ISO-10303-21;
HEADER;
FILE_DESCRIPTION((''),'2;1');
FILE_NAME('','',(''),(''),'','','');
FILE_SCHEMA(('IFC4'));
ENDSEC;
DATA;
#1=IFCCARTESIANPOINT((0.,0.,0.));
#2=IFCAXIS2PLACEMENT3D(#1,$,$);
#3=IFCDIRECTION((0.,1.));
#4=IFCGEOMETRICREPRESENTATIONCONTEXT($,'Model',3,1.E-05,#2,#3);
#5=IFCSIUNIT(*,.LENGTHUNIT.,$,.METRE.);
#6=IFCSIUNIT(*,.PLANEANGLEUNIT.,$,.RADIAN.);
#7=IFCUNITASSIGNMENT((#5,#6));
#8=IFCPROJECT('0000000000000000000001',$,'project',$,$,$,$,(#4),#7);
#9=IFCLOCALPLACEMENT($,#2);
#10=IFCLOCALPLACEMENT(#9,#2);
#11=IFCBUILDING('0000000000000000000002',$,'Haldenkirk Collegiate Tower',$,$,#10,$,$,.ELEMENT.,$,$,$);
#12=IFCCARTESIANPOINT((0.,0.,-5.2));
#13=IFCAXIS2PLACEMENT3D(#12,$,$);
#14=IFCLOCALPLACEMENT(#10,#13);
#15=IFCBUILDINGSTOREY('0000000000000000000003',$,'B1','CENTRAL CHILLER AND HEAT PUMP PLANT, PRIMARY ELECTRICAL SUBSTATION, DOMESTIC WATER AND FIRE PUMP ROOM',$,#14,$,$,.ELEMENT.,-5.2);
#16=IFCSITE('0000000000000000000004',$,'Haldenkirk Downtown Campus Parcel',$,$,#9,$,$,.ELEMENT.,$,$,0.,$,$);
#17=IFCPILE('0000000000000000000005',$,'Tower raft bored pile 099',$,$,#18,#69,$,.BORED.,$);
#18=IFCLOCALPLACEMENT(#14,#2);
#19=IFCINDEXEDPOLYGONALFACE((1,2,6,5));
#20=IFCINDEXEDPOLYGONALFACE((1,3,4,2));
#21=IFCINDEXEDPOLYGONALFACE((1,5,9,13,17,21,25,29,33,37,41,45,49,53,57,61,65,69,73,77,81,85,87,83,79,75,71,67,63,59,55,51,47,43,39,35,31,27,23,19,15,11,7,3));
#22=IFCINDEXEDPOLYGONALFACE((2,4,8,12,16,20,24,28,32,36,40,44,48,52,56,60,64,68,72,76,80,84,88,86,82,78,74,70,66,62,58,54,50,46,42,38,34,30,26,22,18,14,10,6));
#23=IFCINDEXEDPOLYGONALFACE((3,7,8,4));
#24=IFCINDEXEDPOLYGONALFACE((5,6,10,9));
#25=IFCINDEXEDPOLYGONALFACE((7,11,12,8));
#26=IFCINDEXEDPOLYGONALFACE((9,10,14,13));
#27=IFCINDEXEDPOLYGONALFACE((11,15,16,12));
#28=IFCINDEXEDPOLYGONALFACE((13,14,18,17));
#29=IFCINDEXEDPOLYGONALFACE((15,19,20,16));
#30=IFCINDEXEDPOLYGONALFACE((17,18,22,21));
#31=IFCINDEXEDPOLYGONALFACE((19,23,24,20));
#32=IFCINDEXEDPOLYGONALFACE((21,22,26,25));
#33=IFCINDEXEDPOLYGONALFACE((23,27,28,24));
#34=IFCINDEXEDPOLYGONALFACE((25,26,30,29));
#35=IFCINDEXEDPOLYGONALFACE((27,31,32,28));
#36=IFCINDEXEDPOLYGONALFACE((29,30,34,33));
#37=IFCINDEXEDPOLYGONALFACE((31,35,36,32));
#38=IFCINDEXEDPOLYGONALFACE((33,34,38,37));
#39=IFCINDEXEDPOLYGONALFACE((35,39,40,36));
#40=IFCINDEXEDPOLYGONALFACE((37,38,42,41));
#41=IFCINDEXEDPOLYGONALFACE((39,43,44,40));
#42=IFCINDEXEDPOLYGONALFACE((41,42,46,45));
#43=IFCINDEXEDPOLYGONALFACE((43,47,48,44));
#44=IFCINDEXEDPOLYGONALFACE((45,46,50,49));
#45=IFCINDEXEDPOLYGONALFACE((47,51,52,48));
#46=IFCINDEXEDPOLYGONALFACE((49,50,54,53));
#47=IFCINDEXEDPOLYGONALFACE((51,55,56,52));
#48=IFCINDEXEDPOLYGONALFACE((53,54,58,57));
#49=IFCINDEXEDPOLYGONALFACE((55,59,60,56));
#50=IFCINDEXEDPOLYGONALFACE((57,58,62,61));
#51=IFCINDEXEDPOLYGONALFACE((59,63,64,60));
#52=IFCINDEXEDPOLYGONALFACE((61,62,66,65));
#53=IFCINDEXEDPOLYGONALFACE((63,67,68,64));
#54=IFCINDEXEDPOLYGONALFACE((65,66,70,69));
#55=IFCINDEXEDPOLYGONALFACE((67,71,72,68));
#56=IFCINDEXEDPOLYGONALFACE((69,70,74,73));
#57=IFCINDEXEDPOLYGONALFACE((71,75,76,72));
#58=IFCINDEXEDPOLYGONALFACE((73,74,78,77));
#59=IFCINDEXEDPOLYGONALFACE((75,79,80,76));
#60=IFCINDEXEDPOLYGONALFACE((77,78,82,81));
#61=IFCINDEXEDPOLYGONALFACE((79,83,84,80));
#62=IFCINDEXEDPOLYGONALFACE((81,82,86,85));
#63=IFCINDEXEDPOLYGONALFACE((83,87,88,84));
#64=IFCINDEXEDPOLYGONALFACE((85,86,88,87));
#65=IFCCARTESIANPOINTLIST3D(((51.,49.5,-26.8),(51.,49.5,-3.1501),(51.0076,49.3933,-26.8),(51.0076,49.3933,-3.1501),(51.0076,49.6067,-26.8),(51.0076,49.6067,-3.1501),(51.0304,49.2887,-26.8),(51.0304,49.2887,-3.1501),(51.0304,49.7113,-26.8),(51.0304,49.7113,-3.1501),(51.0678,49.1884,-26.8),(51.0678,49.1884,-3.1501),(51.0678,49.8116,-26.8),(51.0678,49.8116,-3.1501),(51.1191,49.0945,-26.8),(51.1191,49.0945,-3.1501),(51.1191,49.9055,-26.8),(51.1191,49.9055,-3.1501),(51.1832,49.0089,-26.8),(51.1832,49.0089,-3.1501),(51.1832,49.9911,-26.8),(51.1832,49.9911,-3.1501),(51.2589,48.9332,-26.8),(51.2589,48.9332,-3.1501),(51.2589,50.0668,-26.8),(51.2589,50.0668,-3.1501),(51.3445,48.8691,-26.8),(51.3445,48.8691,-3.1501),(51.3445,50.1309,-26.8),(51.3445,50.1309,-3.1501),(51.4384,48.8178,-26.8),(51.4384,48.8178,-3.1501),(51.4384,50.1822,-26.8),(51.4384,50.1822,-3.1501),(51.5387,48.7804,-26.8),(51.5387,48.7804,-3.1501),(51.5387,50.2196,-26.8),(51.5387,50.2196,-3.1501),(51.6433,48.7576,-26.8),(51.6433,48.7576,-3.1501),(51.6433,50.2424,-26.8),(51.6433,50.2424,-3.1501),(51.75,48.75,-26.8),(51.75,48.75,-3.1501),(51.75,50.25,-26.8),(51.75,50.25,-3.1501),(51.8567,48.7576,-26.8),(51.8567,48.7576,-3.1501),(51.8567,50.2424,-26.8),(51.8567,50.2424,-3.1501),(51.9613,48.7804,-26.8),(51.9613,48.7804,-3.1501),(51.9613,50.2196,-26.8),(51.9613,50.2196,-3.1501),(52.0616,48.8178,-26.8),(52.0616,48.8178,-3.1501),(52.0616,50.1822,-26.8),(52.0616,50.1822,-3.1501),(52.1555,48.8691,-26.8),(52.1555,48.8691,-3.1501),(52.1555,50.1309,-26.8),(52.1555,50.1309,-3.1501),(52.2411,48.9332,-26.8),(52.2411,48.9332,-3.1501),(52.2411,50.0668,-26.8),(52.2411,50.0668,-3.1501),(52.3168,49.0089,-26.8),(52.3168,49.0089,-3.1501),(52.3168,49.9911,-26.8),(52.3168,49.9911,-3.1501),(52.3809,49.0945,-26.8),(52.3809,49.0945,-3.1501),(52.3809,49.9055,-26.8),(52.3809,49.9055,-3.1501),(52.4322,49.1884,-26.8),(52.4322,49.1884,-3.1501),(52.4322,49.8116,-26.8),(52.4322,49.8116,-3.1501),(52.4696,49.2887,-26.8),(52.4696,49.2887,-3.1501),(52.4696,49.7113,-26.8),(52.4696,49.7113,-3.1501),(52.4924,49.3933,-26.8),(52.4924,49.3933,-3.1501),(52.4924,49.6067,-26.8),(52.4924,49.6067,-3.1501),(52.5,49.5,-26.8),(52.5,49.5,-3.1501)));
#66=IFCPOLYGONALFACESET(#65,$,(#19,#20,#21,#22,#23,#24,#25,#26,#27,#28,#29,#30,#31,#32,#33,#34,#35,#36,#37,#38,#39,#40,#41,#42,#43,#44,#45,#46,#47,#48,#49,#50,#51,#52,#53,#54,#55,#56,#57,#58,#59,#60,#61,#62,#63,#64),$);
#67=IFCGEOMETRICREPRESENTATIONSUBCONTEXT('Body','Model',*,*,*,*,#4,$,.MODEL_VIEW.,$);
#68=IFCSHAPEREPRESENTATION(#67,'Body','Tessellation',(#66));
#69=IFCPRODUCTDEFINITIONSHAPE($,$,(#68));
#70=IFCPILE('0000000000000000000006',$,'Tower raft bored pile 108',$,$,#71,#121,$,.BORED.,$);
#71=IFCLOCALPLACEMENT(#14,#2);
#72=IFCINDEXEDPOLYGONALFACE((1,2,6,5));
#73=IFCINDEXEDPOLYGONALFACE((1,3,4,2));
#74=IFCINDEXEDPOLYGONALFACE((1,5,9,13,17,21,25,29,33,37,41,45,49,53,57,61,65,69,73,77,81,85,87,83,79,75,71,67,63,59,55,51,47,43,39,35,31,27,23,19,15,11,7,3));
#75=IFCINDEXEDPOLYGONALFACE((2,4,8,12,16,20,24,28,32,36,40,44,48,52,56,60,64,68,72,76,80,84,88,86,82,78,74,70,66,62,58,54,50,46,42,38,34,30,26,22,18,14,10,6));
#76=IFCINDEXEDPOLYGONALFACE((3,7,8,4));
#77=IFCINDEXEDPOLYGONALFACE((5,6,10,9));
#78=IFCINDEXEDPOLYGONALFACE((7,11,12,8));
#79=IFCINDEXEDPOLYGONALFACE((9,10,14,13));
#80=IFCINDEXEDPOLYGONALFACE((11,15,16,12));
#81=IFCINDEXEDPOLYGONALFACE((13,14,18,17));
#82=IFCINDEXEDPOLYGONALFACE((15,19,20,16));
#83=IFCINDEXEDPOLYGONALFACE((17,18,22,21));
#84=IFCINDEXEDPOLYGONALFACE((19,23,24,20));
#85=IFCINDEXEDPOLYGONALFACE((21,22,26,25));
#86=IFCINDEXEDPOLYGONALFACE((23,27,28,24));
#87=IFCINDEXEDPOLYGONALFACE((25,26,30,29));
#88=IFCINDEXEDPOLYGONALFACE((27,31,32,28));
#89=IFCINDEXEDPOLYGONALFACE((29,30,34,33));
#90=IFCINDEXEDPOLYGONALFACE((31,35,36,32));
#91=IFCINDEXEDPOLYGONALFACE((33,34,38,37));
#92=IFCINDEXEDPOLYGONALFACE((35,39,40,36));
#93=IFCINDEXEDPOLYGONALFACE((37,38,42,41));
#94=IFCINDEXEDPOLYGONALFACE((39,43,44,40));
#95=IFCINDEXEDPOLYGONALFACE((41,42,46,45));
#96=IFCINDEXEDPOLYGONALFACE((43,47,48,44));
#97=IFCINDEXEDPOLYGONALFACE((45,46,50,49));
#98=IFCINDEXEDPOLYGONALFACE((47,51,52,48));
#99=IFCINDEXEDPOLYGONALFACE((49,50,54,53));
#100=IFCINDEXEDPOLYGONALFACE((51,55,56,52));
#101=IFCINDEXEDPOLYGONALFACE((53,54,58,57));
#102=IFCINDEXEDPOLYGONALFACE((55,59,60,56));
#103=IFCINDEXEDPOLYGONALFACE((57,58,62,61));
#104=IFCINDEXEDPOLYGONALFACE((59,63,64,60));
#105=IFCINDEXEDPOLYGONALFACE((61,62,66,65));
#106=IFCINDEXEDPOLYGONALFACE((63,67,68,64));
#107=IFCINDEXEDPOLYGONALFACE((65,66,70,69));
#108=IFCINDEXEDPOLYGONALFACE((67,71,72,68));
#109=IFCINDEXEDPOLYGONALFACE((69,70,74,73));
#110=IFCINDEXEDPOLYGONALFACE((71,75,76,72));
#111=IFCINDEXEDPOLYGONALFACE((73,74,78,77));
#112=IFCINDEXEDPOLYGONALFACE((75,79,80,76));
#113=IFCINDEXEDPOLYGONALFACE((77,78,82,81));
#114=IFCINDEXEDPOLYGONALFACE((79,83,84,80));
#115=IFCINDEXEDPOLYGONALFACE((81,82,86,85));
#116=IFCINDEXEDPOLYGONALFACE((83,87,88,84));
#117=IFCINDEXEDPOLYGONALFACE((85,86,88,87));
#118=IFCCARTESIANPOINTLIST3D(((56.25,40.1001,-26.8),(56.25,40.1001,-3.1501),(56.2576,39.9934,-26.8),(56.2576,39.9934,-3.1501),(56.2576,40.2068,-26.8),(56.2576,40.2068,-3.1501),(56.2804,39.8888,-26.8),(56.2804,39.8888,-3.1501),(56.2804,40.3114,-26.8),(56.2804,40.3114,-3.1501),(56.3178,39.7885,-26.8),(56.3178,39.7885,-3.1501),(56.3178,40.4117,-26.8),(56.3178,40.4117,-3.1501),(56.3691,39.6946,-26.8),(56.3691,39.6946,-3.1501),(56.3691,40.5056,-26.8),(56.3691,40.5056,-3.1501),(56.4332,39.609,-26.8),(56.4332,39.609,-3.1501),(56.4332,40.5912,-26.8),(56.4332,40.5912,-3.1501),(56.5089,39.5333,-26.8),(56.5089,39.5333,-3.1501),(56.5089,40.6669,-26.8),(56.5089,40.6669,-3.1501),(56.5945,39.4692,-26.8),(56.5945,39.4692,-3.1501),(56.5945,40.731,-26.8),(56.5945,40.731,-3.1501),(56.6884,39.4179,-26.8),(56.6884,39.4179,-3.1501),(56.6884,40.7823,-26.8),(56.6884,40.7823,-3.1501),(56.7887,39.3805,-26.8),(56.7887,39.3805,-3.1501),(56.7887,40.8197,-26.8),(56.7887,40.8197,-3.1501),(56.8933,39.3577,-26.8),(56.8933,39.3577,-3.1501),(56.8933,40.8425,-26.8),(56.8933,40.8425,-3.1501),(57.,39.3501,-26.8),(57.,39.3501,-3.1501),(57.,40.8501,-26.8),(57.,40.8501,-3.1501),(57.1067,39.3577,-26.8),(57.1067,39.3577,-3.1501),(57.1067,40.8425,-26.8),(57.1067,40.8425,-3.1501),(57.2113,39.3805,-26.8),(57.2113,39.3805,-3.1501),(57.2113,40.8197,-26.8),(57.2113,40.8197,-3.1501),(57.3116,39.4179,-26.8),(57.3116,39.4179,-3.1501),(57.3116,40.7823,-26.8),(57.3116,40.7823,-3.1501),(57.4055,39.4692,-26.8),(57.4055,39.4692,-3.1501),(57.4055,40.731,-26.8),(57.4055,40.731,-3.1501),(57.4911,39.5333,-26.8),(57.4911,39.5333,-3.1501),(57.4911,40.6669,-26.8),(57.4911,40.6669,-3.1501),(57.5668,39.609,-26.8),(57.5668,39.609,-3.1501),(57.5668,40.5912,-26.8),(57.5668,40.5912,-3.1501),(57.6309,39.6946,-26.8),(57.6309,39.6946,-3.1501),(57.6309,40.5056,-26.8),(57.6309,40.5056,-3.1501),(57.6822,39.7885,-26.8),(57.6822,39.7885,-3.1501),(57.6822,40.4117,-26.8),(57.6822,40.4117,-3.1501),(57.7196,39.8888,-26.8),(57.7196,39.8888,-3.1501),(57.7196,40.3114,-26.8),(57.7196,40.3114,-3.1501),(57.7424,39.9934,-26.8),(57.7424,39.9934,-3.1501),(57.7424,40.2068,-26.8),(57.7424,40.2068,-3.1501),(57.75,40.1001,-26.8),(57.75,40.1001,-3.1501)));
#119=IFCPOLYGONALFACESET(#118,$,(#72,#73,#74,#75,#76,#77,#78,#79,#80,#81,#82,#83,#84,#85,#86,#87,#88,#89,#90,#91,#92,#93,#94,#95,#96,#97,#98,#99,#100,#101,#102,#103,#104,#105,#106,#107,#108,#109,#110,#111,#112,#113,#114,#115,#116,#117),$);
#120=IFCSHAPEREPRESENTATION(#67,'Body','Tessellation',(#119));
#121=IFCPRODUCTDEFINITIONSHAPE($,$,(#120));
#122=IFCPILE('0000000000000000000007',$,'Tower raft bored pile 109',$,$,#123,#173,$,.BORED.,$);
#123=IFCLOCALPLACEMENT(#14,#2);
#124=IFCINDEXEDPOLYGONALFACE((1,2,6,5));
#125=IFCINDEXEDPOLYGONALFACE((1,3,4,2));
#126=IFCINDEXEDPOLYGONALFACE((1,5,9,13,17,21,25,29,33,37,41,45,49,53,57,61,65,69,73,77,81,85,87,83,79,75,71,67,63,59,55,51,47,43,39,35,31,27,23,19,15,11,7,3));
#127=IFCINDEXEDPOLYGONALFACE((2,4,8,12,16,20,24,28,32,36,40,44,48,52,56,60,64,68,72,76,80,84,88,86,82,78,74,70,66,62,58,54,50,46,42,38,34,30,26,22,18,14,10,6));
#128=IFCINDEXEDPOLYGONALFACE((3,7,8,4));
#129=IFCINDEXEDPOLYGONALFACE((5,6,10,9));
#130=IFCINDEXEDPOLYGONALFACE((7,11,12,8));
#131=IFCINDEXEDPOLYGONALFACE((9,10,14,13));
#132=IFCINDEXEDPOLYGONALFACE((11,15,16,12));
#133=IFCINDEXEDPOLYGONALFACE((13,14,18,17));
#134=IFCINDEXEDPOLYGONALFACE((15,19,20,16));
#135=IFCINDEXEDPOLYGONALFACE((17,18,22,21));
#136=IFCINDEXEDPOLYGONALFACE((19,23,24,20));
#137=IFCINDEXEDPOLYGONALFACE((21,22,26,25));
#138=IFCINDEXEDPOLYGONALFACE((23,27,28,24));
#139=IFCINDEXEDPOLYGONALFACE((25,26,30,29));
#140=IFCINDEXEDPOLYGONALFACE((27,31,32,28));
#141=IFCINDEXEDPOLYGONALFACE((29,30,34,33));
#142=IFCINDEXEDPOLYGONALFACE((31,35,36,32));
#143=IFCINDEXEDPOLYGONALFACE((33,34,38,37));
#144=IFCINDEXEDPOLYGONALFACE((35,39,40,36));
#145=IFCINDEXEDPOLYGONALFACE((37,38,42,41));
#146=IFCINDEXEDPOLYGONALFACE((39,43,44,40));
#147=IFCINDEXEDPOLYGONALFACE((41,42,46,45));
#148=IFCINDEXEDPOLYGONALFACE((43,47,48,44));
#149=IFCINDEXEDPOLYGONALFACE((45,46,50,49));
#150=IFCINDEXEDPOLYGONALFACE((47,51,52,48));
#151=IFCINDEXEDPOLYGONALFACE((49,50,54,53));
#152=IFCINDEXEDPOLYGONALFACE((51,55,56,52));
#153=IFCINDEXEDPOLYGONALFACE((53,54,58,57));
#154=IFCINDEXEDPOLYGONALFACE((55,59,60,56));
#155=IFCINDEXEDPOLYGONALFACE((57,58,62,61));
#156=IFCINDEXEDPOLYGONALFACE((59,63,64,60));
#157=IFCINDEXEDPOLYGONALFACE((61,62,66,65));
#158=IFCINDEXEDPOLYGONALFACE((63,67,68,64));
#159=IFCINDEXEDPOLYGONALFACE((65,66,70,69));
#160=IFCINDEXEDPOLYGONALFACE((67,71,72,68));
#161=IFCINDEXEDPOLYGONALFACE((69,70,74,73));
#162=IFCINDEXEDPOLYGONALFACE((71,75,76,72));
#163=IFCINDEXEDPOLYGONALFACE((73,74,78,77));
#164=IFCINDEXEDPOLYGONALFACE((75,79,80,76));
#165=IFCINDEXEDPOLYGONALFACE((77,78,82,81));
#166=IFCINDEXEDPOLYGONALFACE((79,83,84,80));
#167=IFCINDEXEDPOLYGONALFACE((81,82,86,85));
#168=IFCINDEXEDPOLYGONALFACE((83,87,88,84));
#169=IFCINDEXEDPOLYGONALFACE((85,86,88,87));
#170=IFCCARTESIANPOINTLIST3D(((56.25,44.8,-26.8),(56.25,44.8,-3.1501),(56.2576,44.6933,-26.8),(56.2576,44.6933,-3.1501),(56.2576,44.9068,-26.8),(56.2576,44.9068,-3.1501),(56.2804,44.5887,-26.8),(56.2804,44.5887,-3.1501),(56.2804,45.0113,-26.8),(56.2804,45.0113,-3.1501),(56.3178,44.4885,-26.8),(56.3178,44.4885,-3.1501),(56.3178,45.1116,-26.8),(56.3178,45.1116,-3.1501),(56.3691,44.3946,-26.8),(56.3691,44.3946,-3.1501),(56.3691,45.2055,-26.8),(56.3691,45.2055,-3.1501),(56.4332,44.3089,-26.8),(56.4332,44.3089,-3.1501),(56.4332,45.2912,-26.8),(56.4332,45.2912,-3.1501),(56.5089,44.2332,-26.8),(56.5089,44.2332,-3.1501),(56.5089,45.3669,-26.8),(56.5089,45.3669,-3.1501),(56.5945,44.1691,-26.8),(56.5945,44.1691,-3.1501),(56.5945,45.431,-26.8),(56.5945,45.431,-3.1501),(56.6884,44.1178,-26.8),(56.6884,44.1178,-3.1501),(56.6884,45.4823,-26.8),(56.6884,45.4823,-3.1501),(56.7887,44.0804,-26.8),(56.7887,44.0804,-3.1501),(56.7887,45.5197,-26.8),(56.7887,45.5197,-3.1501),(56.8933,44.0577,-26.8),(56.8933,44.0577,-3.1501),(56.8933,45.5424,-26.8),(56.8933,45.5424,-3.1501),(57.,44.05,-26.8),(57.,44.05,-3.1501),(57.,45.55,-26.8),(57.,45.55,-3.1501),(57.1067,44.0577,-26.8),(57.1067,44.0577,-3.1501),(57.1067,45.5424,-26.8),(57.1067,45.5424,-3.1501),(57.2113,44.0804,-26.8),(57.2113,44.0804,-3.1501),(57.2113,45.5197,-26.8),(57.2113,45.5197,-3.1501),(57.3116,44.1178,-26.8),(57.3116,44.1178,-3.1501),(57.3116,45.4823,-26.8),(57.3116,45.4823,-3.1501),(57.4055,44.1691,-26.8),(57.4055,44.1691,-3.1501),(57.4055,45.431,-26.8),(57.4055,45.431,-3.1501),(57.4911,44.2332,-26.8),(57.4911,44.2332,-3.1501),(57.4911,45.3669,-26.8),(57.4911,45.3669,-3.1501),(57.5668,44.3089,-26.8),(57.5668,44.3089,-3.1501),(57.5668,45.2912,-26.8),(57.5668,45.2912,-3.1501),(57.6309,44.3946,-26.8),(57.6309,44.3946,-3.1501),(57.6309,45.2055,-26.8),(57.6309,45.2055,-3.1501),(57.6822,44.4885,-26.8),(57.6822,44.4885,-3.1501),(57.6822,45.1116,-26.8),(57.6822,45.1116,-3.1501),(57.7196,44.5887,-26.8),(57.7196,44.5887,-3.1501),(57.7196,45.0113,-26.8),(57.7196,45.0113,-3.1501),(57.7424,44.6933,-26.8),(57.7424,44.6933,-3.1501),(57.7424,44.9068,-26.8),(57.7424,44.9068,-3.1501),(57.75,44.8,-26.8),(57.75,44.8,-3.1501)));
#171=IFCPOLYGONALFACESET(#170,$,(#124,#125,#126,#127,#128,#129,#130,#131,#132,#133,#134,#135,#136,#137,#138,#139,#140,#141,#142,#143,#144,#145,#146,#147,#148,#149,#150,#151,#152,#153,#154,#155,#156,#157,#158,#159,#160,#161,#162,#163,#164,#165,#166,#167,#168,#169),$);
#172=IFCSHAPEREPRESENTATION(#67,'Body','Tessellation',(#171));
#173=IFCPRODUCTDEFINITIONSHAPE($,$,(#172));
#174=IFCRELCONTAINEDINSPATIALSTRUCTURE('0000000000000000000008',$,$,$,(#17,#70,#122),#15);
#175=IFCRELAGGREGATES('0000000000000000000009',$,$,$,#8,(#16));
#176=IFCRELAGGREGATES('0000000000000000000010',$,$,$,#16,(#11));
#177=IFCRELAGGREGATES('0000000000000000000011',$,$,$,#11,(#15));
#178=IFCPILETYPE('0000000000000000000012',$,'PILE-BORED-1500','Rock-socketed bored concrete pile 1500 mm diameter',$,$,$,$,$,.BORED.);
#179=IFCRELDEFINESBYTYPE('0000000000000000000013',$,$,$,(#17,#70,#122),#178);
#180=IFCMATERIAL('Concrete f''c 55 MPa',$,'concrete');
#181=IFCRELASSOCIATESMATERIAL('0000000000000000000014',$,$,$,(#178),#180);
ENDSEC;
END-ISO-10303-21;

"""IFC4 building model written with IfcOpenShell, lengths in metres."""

from ifc_helpers import new_model, si_unit, direction, frame, origin, origin_2d, place, context, subcontext, project, spatial, circle, extrude, material, material_profile, profile_set, type_object, element, save


model = new_model("IFC4")

# Units and contexts
model_context = context("Model", 3, precision=1e-05, world=origin(), true_north=direction((0.0, 1.0)))
body_context = subcontext(model_context, "Body", "Model", "MODEL_VIEW")
ifc_project = project(units=[si_unit("LENGTHUNIT", "METRE"), si_unit("PLANEANGLEUNIT", "RADIAN")], contexts=[model_context])

# Site, building, storey
site_placement = place(None, origin())
site = spatial("IfcSite", under=ifc_project, at=site_placement, Name="Haldenkirk Downtown Campus Parcel", CompositionType="ELEMENT", RefElevation=0.0)
building_placement = place(site_placement, origin())
building = spatial("IfcBuilding", under=site, at=building_placement, Name="Haldenkirk Collegiate Tower", CompositionType="ELEMENT")
storey_placement = place(building_placement, frame((0.0, 0.0, -5.2)))
storey = spatial("IfcBuildingStorey", under=building, at=storey_placement, Name="B1", Description="CENTRAL CHILLER AND HEAT PUMP PLANT, PRIMARY ELECTRICAL SUBSTATION, DOMESTIC WATER AND FIRE PUMP ROOM", CompositionType="ELEMENT", Elevation=-5.2)

# Shared definitions
ifc_material_1 = material(Name="Concrete f'c 55 MPa", Category="concrete")

# Piles
ifc_material_profile_1 = material_profile(ifc_material_1, circle(Radius=0.75, at=origin_2d()), Name="PILE1500")
ifc_profile_set_1 = profile_set([ifc_material_profile_1], Name="Concrete f'c 55 MPa")
pile_type_1 = type_object("IfcPileType", Name="PILE-BORED-1500", Description="Rock-socketed bored concrete pile 1500 mm diameter", PredefinedType="BORED", material=ifc_profile_set_1)
for number, where, z_axis, x_axis, name in (
    (1, (51.75, 49.5, -3.1501), (0.0, 0.0, -1.0), (1.0, 0.0, 0.0), "Tower raft bored pile 099"),
    (2, (57.0, 40.1001, -3.1501), (0.0, 0.0, -1.0), (1.0, 0.0, 0.0), "Tower raft bored pile 108"),
    (3, (57.0, 44.8, -3.1501), (0.0, 0.0, -1.0), (1.0, 0.0, 0.0), "Tower raft bored pile 109"),
):
    element("IfcPile", number, at=place(storey_placement, frame(where, z_axis=z_axis, x_axis=x_axis)), inside=storey, type_object=pile_type_1, Name=name, PredefinedType="BORED", context=body_context, shape_type="SweptSolid", body=[
        extrude(circle(Radius=0.75, at=origin_2d()), origin(), (0.0, 0.0, 1.0), 23.6499),
    ])

save(model, "model.ifc")
